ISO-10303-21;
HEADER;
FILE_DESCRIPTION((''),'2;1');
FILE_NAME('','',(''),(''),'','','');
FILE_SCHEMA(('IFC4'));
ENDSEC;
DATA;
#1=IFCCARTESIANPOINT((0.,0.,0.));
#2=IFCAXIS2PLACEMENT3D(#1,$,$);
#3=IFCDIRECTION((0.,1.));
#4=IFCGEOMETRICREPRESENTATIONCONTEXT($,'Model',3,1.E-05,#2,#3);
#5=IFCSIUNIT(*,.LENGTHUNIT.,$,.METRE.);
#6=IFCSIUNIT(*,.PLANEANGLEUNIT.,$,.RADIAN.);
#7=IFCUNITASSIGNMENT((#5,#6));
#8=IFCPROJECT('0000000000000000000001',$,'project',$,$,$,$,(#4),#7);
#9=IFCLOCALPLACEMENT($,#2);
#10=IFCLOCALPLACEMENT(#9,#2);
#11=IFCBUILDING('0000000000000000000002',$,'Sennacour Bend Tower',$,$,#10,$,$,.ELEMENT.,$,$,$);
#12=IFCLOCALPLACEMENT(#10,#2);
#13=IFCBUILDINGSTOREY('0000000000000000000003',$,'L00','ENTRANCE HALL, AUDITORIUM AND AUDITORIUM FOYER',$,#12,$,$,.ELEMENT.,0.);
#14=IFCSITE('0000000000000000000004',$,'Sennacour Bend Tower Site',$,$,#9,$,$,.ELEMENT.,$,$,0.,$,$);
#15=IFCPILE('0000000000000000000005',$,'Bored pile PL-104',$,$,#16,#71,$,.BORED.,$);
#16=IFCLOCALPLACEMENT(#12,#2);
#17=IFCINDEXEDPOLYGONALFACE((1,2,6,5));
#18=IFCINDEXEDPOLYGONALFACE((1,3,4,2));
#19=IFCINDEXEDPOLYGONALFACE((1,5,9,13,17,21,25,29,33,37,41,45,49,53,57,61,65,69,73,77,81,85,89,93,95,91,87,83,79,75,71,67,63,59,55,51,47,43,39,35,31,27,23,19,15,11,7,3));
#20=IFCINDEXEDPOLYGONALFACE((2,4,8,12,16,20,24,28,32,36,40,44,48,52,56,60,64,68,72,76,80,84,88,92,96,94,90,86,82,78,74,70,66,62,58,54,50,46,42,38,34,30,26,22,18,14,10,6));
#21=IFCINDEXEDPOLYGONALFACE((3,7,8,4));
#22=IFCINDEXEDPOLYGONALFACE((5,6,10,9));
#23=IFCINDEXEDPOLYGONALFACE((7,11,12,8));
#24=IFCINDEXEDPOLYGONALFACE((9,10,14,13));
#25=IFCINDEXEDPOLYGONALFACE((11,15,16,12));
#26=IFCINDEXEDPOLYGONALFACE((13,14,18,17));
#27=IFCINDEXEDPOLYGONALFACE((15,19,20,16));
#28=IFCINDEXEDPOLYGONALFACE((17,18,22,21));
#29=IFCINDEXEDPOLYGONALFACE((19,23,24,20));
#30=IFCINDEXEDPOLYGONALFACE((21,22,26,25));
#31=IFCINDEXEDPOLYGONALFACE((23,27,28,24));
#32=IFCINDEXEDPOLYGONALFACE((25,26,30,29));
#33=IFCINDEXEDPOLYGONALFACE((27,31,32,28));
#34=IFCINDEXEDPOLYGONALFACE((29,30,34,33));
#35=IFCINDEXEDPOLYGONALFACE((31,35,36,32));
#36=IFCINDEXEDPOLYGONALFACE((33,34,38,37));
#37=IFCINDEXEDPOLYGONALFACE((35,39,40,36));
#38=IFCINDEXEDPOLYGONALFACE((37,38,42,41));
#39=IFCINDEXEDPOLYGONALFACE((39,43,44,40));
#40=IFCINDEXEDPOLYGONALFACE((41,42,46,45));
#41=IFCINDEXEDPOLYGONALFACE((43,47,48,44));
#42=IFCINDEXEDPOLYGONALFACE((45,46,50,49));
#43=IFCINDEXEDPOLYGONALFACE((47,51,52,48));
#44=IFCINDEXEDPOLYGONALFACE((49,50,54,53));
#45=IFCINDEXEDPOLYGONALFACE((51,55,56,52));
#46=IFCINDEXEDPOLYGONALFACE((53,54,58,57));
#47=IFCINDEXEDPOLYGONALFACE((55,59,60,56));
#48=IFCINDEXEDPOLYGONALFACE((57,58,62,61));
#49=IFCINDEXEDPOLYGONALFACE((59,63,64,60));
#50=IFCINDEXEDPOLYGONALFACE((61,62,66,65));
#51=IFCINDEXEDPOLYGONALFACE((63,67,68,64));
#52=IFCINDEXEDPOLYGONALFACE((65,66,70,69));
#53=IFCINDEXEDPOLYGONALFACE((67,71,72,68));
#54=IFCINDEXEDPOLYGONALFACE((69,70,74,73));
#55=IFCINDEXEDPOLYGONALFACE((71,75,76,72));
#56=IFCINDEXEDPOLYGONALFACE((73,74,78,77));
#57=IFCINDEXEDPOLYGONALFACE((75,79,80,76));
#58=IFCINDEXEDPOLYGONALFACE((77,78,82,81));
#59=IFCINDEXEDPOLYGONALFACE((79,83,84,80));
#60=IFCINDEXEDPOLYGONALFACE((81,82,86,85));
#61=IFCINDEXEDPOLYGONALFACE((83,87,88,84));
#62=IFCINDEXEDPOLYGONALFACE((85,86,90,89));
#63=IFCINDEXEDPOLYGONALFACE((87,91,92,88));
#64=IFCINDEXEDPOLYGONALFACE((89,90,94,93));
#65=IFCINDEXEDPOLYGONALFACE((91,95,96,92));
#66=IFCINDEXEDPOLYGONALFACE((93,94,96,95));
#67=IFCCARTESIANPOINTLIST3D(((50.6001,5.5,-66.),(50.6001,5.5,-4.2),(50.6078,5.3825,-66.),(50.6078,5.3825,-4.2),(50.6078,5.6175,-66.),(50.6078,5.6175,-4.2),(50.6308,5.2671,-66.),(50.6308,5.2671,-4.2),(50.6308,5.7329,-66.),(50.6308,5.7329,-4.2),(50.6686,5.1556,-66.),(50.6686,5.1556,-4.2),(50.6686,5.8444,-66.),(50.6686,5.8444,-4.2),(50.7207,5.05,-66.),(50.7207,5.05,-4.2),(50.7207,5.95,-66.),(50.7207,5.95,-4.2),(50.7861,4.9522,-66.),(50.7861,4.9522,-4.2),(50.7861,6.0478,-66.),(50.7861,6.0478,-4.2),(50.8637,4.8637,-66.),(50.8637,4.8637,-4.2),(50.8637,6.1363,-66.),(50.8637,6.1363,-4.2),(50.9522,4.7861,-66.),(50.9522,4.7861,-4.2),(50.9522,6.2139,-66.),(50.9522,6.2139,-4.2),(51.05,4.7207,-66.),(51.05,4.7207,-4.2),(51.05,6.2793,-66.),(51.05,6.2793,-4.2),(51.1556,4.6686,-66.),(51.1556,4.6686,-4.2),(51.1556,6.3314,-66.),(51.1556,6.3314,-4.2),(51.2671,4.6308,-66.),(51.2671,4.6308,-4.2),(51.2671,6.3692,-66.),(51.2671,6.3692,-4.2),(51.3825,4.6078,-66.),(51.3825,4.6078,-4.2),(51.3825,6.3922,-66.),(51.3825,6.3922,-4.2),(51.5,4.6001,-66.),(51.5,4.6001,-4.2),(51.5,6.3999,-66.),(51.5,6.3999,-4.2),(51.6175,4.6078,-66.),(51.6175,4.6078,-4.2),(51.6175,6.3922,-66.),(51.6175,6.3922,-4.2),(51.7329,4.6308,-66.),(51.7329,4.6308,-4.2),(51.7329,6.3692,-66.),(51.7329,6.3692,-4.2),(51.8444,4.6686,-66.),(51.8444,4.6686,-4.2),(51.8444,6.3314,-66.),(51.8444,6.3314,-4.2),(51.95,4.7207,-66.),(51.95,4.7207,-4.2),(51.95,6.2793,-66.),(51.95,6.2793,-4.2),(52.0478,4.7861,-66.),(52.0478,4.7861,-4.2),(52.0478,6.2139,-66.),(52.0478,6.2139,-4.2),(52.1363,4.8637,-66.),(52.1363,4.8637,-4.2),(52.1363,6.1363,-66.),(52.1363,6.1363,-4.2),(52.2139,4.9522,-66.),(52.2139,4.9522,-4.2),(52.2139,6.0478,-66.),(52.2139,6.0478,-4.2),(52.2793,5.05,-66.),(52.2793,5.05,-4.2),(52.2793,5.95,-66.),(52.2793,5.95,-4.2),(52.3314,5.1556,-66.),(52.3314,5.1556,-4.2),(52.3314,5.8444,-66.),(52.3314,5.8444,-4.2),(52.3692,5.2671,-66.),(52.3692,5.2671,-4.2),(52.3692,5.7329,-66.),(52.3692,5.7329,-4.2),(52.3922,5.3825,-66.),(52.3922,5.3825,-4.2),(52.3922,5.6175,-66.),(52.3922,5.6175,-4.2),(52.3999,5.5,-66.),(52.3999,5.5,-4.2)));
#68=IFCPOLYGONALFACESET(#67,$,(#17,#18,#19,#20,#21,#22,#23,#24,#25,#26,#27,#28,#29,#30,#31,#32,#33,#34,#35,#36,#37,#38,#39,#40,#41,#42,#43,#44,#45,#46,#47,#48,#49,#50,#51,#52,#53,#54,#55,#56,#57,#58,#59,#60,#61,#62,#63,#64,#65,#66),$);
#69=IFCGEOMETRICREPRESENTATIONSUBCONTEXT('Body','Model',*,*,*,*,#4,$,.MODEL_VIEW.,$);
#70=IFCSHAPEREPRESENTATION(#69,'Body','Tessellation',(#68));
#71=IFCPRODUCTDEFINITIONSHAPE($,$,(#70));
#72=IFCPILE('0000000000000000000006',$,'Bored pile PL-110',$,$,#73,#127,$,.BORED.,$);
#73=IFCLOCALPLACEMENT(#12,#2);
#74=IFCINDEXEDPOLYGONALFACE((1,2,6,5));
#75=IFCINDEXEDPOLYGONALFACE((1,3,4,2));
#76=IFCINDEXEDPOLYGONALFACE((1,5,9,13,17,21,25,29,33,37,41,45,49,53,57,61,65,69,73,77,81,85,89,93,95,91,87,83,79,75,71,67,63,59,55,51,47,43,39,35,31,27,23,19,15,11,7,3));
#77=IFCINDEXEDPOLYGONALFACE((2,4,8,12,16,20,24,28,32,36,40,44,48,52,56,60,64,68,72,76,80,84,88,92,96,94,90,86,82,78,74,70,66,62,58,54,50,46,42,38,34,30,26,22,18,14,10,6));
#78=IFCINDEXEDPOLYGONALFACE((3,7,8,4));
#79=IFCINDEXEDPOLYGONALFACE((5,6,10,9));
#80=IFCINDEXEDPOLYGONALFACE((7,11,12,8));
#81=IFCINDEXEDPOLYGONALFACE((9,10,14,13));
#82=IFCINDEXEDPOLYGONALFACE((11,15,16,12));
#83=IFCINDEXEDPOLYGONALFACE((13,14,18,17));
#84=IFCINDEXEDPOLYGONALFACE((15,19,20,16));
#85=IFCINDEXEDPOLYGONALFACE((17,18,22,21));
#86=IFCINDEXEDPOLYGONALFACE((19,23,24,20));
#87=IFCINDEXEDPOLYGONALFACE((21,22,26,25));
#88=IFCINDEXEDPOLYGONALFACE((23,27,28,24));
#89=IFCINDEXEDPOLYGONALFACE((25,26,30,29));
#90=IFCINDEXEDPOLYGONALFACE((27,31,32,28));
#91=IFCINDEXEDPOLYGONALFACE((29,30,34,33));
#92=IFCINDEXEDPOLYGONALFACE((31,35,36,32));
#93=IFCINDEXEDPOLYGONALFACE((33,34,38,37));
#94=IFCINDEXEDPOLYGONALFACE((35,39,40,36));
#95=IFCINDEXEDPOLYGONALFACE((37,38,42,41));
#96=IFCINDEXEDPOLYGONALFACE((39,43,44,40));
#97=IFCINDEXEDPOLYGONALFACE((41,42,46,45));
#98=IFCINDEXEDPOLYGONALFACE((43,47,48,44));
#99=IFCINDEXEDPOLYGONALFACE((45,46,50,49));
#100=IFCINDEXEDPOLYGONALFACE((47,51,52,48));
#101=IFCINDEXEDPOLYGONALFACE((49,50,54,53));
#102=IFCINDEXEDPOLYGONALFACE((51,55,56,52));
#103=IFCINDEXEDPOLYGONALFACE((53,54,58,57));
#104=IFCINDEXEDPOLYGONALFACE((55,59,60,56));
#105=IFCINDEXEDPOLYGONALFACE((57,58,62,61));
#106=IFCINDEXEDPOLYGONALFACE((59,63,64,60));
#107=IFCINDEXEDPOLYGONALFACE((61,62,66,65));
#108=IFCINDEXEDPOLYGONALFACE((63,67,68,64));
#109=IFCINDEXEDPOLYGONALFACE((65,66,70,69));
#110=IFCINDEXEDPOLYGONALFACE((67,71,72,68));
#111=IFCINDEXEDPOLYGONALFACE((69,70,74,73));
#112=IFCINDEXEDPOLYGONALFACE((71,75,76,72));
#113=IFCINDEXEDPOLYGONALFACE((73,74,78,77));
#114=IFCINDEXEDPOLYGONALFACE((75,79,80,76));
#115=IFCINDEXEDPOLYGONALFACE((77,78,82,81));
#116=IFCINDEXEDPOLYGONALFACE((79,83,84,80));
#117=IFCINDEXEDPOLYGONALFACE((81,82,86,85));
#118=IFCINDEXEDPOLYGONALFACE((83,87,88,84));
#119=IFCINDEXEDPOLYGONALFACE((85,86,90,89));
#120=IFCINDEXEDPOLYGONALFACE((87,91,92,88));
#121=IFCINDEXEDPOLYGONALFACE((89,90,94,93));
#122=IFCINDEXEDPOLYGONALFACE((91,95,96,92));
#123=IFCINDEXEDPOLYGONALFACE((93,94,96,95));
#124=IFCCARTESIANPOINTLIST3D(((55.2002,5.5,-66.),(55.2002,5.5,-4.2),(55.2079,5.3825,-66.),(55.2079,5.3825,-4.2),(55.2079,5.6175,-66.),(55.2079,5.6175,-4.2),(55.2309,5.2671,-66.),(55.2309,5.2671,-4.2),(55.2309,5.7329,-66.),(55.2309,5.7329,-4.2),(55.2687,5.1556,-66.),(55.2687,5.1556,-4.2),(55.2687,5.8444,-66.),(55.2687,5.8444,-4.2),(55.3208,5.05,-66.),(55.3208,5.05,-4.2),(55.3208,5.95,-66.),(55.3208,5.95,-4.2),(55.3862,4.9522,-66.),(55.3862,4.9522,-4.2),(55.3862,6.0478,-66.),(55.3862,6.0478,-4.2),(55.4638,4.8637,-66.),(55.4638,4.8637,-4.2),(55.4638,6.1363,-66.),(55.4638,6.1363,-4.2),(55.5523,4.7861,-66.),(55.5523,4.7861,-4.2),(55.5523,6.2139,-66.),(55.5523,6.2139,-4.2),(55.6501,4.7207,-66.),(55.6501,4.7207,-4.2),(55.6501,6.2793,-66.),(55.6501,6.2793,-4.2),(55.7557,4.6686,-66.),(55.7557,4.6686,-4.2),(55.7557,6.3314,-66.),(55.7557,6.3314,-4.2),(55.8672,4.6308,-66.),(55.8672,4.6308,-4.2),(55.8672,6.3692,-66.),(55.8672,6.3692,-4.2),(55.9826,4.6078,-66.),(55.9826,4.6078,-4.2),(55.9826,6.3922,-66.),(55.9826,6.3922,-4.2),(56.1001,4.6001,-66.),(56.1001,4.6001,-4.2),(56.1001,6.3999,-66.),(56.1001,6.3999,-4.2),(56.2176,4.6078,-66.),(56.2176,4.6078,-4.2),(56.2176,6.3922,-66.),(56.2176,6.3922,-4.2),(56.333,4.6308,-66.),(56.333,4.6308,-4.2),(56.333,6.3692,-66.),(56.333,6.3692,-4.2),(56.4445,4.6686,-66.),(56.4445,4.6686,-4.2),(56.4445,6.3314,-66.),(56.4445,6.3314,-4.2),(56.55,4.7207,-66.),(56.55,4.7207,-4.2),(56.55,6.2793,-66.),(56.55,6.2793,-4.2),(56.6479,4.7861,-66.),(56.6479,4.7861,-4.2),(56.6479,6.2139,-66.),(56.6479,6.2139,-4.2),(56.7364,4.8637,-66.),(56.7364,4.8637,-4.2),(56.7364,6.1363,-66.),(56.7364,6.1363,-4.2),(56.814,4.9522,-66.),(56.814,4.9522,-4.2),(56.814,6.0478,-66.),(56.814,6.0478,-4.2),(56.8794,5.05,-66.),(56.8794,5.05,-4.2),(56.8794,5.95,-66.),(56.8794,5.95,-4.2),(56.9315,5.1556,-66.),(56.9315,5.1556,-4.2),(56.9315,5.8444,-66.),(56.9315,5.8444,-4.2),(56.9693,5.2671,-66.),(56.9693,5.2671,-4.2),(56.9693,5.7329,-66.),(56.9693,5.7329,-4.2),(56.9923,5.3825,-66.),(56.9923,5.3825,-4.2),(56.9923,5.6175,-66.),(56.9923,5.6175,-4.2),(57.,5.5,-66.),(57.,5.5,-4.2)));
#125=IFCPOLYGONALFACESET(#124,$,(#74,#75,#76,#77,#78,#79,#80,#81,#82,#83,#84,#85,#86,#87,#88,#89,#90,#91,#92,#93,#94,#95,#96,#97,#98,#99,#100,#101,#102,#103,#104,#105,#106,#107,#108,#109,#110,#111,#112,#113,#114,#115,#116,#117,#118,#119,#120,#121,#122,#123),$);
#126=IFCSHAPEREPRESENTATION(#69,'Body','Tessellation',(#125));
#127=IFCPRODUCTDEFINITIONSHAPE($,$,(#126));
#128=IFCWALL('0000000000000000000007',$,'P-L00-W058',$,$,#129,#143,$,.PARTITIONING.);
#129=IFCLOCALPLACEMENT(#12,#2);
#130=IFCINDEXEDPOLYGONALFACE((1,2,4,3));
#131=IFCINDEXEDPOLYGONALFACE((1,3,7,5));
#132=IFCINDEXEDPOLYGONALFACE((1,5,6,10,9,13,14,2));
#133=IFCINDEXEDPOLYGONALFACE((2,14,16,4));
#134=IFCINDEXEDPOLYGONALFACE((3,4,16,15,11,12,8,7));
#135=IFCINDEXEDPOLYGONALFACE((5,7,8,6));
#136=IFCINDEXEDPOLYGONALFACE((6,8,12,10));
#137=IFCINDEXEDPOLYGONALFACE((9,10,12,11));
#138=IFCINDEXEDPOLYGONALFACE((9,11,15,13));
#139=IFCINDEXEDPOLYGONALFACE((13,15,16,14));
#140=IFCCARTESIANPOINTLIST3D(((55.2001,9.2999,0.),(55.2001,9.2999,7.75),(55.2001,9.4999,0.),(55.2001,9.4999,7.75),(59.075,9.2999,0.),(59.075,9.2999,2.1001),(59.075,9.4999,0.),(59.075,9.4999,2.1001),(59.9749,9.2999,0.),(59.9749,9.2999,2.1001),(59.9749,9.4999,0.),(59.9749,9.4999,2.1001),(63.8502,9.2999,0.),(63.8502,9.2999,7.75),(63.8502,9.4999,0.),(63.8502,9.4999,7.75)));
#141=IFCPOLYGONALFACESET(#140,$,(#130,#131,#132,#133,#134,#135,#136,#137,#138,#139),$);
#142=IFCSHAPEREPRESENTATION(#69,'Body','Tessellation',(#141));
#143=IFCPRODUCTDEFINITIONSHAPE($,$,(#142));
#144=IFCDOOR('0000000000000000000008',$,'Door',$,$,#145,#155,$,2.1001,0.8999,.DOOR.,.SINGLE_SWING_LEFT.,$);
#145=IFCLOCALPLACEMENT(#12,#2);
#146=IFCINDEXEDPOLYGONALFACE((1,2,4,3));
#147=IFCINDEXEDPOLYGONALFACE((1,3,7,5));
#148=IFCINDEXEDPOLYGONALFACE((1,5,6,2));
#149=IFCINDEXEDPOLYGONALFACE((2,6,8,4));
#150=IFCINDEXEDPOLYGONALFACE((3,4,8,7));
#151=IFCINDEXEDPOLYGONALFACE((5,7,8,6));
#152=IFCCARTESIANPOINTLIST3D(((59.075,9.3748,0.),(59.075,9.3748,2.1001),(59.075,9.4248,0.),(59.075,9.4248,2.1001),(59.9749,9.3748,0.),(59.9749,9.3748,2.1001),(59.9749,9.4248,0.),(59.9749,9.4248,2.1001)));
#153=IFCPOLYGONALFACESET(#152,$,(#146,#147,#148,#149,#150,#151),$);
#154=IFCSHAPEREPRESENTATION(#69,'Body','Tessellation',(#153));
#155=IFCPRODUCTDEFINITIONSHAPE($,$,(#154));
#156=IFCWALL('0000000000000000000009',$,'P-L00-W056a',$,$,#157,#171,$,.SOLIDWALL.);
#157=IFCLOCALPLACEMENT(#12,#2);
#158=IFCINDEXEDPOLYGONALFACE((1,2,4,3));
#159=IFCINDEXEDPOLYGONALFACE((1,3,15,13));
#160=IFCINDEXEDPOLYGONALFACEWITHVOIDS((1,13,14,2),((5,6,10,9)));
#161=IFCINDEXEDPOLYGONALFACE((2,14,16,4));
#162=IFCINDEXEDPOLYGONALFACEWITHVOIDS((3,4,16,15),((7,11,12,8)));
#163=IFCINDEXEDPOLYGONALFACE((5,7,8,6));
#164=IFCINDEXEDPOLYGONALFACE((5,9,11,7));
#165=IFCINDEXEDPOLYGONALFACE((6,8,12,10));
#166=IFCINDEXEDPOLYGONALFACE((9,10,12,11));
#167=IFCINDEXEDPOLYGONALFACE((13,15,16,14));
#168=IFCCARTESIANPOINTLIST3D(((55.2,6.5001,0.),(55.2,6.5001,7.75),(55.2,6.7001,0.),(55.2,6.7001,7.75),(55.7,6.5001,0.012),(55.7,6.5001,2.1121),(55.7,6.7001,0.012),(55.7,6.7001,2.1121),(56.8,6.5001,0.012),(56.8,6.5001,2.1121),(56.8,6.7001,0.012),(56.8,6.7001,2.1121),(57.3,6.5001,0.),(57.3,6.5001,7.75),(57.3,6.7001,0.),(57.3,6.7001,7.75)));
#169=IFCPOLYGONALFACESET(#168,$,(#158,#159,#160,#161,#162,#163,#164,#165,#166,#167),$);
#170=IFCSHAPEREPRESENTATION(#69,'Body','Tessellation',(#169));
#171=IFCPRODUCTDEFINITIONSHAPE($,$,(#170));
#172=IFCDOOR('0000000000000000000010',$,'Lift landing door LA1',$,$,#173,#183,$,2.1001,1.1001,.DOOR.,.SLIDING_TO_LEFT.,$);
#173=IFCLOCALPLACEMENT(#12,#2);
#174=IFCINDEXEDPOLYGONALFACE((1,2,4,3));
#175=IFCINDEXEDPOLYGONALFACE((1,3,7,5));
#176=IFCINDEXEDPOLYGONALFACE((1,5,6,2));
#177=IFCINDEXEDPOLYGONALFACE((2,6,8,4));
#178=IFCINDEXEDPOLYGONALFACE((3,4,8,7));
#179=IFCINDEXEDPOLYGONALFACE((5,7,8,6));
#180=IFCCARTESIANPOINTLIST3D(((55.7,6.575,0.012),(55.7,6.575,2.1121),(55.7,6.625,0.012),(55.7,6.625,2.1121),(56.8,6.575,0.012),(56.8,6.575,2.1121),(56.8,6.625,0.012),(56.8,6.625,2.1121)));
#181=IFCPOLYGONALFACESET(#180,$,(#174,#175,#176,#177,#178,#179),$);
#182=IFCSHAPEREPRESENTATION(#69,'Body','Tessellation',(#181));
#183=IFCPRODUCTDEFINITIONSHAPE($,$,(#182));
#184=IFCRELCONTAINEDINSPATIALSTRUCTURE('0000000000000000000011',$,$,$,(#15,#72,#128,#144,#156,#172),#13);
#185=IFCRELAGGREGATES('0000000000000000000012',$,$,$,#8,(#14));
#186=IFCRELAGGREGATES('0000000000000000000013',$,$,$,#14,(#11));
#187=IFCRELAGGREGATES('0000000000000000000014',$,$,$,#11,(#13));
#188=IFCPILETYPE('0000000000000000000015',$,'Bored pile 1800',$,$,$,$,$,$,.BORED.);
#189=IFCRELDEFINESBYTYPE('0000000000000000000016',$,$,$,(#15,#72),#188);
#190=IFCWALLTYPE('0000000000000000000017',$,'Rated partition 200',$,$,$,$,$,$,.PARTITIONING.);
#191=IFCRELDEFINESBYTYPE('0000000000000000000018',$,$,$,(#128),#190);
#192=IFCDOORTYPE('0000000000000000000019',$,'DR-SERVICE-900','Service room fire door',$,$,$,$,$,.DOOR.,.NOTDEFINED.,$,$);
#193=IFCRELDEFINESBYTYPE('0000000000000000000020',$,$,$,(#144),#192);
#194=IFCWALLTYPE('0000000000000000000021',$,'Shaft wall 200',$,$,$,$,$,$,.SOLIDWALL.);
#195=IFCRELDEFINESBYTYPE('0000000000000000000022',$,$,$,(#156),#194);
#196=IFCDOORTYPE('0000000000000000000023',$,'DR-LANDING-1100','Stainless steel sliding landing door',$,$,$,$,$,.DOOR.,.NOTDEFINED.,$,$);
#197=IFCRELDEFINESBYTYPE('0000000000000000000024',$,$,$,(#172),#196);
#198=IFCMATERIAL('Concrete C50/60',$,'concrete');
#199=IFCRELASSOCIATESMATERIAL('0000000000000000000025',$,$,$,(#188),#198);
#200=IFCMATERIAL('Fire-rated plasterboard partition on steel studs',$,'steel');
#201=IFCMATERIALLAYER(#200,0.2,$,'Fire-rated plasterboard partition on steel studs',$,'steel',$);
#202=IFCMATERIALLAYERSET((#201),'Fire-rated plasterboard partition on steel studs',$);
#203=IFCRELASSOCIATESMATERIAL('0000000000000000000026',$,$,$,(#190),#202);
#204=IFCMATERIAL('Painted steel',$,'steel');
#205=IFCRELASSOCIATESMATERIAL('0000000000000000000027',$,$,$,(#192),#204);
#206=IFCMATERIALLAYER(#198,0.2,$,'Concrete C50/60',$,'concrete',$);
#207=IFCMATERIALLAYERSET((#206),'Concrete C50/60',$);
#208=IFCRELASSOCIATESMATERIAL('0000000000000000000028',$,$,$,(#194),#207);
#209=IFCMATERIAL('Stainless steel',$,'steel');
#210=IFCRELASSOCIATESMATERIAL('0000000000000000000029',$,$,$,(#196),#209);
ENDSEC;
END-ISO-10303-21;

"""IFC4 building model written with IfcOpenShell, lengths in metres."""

from ifc_helpers import new_model, si_unit, direction, frame, frame_2d, origin, origin_2d, place, context, subcontext, project, spatial, rectangle, circle, extrude, material, layer, layer_set, material_profile, profile_set, type_object, element, fill, save


model = new_model("IFC4")

# Units and contexts
model_context = context("Model", 3, precision=1e-05, world=origin(), true_north=direction((0.0, 1.0)))
body_context = subcontext(model_context, "Body", "Model", "MODEL_VIEW")
ifc_project = project(units=[si_unit("LENGTHUNIT", "METRE"), si_unit("PLANEANGLEUNIT", "RADIAN")], contexts=[model_context])

# Site, building, storey
site_placement = place(None, origin())
site = spatial("IfcSite", under=ifc_project, at=site_placement, Name="Sennacour Bend Tower Site", CompositionType="ELEMENT", RefElevation=0.0)
building_placement = place(site_placement, origin())
building = spatial("IfcBuilding", under=site, at=building_placement, Name="Sennacour Bend Tower", CompositionType="ELEMENT")
storey_placement = place(building_placement, origin())
storey = spatial("IfcBuildingStorey", under=building, at=storey_placement, Name="L00", Description="ENTRANCE HALL, AUDITORIUM AND AUDITORIUM FOYER", CompositionType="ELEMENT", Elevation=0.0)

# Piles
ifc_material_1 = material(Name="Concrete C50/60", Category="concrete")
ifc_material_profile = material_profile(ifc_material_1, circle(Radius=0.8999, at=origin_2d()), Name="Concrete C50/60", Category="concrete")
ifc_profile_set = profile_set([ifc_material_profile], Name="Concrete C50/60")
pile_type = type_object("IfcPileType", Name="Bored pile 1800", PredefinedType="BORED", material=ifc_profile_set)
for number, where, z_axis, x_axis, name in (
    (1, (51.5, 5.5, -4.2), (0.0, 0.0, -1.0), (1.0, 0.0, 0.0), "Bored pile PL-104"),
    (2, (56.1001, 5.5, -4.2), (0.0, 0.0, -1.0), (1.0, 0.0, 0.0), "Bored pile PL-110"),
):
    element("IfcPile", number, at=place(storey_placement, frame(where, z_axis=z_axis, x_axis=x_axis)), inside=storey, type_object=pile_type, Name=name, PredefinedType="BORED", context=body_context, shape_type="SweptSolid", body=[
        extrude(circle(Radius=0.8999, at=origin_2d()), origin(), (0.0, 0.0, 1.0), 61.8),
    ])

# Walls, openings, doors
ifc_material_2 = material(Name="Fire-rated plasterboard partition on steel studs", Category="steel")
ifc_layer_1 = layer(ifc_material_2, 0.2, Name="Fire-rated plasterboard partition on steel studs", Category="steel")
ifc_layer_set_1 = layer_set([ifc_layer_1], Name="Fire-rated plasterboard partition on steel studs")
wall_type_1 = type_object("IfcWallType", Name="Rated partition 200", PredefinedType="PARTITIONING", material=ifc_layer_set_1)
wall_1_placement = place(storey_placement, frame((55.2, 9.3999, 0.0), z_axis=(0.0, 0.0, 1.0), x_axis=(1.0, 0.0, 0.0)))
wall_1 = element("IfcWall", 3, at=wall_1_placement, inside=storey, type_object=wall_type_1, Name="P-L00-W058", PredefinedType="PARTITIONING", context=body_context, shape_type="SweptSolid", body=[
    extrude(rectangle(XDim=8.6501, YDim=0.2, at=frame_2d((4.3252, 0.0))), origin(), (0.0, 0.0, 1.0), 7.75),
])
opening_1_placement = place(wall_1_placement, frame((3.875, 0.0, 0.0)))
opening_1 = element("IfcOpeningElement", 4, at=opening_1_placement, cuts=wall_1, PredefinedType="OPENING", context=body_context, shape_type="SweptSolid", body=[
    extrude(rectangle(XDim=0.8999, YDim=2.1001, at=frame_2d((0.45, 1.05))), frame((0.0, 0.1099, 0.0), z_axis=(0.0, -1.0, 0.0), x_axis=(1.0, 0.0, 0.0)), (0.0, 0.0, 1.0), 0.22),
])
ifc_material_3 = material(Name="Painted steel", Category="steel")
door_type_1 = type_object("IfcDoorType", Name="DR-SERVICE-900", Description="Service room fire door", OperationType="NOTDEFINED", PredefinedType="DOOR", material=ifc_material_3)
door_1_placement = place(opening_1_placement, origin())
door_1 = element("IfcDoor", 5, at=door_1_placement, inside=storey, type_object=door_type_1, Name="Door", OperationType="SINGLE_SWING_LEFT", OverallHeight=2.1001, OverallWidth=0.8999, PredefinedType="DOOR", context=body_context, shape_type="SweptSolid", body=[
    extrude(rectangle(XDim=0.8999, YDim=2.1001, at=frame_2d((0.45, 1.05))), frame((0.0, 0.0249, 0.0), z_axis=(0.0, -1.0, 0.0), x_axis=(1.0, 0.0, 0.0)), (0.0, 0.0, 1.0), 0.05),
])
fill(opening_1, door_1)
ifc_layer_2 = layer(ifc_material_1, 0.2, Name="Concrete C50/60", Category="concrete")
ifc_layer_set_2 = layer_set([ifc_layer_2], Name="Concrete C50/60")
wall_type_2 = type_object("IfcWallType", Name="Shaft wall 200", PredefinedType="SOLIDWALL", material=ifc_layer_set_2)
wall_2_placement = place(storey_placement, frame((55.2, 6.6001, 0.0), z_axis=(0.0, 0.0, 1.0), x_axis=(1.0, 0.0, 0.0)))
wall_2 = element("IfcWall", 6, at=wall_2_placement, inside=storey, type_object=wall_type_2, Name="P-L00-W056a", PredefinedType="SOLIDWALL", context=body_context, shape_type="SweptSolid", body=[
    extrude(rectangle(XDim=2.1001, YDim=0.2, at=frame_2d((1.05, 0.0))), origin(), (0.0, 0.0, 1.0), 7.75),
])
opening_2_placement = place(wall_2_placement, frame((0.5, 0.0, 0.012)))
opening_2 = element("IfcOpeningElement", 7, at=opening_2_placement, cuts=wall_2, PredefinedType="OPENING", context=body_context, shape_type="SweptSolid", body=[
    extrude(rectangle(XDim=1.1001, YDim=2.1001, at=frame_2d((0.55, 1.05))), frame((0.0, 0.1099, 0.0), z_axis=(0.0, -1.0, 0.0), x_axis=(1.0, 0.0, 0.0)), (0.0, 0.0, 1.0), 0.22),
])
ifc_material_4 = material(Name="Stainless steel", Category="steel")
door_type_2 = type_object("IfcDoorType", Name="DR-LANDING-1100", Description="Stainless steel sliding landing door", OperationType="NOTDEFINED", PredefinedType="DOOR", material=ifc_material_4)
door_2_placement = place(opening_2_placement, origin())
door_2 = element("IfcDoor", 8, at=door_2_placement, inside=storey, type_object=door_type_2, Name="Lift landing door LA1", OperationType="SLIDING_TO_LEFT", OverallHeight=2.1001, OverallWidth=1.1001, PredefinedType="DOOR", context=body_context, shape_type="SweptSolid", body=[
    extrude(rectangle(XDim=1.1001, YDim=2.1001, at=frame_2d((0.55, 1.05))), frame((0.0, 0.0249, 0.0), z_axis=(0.0, -1.0, 0.0), x_axis=(1.0, 0.0, 0.0)), (0.0, 0.0, 1.0), 0.05),
])
fill(opening_2, door_2)

save(model, "model.ifc")
